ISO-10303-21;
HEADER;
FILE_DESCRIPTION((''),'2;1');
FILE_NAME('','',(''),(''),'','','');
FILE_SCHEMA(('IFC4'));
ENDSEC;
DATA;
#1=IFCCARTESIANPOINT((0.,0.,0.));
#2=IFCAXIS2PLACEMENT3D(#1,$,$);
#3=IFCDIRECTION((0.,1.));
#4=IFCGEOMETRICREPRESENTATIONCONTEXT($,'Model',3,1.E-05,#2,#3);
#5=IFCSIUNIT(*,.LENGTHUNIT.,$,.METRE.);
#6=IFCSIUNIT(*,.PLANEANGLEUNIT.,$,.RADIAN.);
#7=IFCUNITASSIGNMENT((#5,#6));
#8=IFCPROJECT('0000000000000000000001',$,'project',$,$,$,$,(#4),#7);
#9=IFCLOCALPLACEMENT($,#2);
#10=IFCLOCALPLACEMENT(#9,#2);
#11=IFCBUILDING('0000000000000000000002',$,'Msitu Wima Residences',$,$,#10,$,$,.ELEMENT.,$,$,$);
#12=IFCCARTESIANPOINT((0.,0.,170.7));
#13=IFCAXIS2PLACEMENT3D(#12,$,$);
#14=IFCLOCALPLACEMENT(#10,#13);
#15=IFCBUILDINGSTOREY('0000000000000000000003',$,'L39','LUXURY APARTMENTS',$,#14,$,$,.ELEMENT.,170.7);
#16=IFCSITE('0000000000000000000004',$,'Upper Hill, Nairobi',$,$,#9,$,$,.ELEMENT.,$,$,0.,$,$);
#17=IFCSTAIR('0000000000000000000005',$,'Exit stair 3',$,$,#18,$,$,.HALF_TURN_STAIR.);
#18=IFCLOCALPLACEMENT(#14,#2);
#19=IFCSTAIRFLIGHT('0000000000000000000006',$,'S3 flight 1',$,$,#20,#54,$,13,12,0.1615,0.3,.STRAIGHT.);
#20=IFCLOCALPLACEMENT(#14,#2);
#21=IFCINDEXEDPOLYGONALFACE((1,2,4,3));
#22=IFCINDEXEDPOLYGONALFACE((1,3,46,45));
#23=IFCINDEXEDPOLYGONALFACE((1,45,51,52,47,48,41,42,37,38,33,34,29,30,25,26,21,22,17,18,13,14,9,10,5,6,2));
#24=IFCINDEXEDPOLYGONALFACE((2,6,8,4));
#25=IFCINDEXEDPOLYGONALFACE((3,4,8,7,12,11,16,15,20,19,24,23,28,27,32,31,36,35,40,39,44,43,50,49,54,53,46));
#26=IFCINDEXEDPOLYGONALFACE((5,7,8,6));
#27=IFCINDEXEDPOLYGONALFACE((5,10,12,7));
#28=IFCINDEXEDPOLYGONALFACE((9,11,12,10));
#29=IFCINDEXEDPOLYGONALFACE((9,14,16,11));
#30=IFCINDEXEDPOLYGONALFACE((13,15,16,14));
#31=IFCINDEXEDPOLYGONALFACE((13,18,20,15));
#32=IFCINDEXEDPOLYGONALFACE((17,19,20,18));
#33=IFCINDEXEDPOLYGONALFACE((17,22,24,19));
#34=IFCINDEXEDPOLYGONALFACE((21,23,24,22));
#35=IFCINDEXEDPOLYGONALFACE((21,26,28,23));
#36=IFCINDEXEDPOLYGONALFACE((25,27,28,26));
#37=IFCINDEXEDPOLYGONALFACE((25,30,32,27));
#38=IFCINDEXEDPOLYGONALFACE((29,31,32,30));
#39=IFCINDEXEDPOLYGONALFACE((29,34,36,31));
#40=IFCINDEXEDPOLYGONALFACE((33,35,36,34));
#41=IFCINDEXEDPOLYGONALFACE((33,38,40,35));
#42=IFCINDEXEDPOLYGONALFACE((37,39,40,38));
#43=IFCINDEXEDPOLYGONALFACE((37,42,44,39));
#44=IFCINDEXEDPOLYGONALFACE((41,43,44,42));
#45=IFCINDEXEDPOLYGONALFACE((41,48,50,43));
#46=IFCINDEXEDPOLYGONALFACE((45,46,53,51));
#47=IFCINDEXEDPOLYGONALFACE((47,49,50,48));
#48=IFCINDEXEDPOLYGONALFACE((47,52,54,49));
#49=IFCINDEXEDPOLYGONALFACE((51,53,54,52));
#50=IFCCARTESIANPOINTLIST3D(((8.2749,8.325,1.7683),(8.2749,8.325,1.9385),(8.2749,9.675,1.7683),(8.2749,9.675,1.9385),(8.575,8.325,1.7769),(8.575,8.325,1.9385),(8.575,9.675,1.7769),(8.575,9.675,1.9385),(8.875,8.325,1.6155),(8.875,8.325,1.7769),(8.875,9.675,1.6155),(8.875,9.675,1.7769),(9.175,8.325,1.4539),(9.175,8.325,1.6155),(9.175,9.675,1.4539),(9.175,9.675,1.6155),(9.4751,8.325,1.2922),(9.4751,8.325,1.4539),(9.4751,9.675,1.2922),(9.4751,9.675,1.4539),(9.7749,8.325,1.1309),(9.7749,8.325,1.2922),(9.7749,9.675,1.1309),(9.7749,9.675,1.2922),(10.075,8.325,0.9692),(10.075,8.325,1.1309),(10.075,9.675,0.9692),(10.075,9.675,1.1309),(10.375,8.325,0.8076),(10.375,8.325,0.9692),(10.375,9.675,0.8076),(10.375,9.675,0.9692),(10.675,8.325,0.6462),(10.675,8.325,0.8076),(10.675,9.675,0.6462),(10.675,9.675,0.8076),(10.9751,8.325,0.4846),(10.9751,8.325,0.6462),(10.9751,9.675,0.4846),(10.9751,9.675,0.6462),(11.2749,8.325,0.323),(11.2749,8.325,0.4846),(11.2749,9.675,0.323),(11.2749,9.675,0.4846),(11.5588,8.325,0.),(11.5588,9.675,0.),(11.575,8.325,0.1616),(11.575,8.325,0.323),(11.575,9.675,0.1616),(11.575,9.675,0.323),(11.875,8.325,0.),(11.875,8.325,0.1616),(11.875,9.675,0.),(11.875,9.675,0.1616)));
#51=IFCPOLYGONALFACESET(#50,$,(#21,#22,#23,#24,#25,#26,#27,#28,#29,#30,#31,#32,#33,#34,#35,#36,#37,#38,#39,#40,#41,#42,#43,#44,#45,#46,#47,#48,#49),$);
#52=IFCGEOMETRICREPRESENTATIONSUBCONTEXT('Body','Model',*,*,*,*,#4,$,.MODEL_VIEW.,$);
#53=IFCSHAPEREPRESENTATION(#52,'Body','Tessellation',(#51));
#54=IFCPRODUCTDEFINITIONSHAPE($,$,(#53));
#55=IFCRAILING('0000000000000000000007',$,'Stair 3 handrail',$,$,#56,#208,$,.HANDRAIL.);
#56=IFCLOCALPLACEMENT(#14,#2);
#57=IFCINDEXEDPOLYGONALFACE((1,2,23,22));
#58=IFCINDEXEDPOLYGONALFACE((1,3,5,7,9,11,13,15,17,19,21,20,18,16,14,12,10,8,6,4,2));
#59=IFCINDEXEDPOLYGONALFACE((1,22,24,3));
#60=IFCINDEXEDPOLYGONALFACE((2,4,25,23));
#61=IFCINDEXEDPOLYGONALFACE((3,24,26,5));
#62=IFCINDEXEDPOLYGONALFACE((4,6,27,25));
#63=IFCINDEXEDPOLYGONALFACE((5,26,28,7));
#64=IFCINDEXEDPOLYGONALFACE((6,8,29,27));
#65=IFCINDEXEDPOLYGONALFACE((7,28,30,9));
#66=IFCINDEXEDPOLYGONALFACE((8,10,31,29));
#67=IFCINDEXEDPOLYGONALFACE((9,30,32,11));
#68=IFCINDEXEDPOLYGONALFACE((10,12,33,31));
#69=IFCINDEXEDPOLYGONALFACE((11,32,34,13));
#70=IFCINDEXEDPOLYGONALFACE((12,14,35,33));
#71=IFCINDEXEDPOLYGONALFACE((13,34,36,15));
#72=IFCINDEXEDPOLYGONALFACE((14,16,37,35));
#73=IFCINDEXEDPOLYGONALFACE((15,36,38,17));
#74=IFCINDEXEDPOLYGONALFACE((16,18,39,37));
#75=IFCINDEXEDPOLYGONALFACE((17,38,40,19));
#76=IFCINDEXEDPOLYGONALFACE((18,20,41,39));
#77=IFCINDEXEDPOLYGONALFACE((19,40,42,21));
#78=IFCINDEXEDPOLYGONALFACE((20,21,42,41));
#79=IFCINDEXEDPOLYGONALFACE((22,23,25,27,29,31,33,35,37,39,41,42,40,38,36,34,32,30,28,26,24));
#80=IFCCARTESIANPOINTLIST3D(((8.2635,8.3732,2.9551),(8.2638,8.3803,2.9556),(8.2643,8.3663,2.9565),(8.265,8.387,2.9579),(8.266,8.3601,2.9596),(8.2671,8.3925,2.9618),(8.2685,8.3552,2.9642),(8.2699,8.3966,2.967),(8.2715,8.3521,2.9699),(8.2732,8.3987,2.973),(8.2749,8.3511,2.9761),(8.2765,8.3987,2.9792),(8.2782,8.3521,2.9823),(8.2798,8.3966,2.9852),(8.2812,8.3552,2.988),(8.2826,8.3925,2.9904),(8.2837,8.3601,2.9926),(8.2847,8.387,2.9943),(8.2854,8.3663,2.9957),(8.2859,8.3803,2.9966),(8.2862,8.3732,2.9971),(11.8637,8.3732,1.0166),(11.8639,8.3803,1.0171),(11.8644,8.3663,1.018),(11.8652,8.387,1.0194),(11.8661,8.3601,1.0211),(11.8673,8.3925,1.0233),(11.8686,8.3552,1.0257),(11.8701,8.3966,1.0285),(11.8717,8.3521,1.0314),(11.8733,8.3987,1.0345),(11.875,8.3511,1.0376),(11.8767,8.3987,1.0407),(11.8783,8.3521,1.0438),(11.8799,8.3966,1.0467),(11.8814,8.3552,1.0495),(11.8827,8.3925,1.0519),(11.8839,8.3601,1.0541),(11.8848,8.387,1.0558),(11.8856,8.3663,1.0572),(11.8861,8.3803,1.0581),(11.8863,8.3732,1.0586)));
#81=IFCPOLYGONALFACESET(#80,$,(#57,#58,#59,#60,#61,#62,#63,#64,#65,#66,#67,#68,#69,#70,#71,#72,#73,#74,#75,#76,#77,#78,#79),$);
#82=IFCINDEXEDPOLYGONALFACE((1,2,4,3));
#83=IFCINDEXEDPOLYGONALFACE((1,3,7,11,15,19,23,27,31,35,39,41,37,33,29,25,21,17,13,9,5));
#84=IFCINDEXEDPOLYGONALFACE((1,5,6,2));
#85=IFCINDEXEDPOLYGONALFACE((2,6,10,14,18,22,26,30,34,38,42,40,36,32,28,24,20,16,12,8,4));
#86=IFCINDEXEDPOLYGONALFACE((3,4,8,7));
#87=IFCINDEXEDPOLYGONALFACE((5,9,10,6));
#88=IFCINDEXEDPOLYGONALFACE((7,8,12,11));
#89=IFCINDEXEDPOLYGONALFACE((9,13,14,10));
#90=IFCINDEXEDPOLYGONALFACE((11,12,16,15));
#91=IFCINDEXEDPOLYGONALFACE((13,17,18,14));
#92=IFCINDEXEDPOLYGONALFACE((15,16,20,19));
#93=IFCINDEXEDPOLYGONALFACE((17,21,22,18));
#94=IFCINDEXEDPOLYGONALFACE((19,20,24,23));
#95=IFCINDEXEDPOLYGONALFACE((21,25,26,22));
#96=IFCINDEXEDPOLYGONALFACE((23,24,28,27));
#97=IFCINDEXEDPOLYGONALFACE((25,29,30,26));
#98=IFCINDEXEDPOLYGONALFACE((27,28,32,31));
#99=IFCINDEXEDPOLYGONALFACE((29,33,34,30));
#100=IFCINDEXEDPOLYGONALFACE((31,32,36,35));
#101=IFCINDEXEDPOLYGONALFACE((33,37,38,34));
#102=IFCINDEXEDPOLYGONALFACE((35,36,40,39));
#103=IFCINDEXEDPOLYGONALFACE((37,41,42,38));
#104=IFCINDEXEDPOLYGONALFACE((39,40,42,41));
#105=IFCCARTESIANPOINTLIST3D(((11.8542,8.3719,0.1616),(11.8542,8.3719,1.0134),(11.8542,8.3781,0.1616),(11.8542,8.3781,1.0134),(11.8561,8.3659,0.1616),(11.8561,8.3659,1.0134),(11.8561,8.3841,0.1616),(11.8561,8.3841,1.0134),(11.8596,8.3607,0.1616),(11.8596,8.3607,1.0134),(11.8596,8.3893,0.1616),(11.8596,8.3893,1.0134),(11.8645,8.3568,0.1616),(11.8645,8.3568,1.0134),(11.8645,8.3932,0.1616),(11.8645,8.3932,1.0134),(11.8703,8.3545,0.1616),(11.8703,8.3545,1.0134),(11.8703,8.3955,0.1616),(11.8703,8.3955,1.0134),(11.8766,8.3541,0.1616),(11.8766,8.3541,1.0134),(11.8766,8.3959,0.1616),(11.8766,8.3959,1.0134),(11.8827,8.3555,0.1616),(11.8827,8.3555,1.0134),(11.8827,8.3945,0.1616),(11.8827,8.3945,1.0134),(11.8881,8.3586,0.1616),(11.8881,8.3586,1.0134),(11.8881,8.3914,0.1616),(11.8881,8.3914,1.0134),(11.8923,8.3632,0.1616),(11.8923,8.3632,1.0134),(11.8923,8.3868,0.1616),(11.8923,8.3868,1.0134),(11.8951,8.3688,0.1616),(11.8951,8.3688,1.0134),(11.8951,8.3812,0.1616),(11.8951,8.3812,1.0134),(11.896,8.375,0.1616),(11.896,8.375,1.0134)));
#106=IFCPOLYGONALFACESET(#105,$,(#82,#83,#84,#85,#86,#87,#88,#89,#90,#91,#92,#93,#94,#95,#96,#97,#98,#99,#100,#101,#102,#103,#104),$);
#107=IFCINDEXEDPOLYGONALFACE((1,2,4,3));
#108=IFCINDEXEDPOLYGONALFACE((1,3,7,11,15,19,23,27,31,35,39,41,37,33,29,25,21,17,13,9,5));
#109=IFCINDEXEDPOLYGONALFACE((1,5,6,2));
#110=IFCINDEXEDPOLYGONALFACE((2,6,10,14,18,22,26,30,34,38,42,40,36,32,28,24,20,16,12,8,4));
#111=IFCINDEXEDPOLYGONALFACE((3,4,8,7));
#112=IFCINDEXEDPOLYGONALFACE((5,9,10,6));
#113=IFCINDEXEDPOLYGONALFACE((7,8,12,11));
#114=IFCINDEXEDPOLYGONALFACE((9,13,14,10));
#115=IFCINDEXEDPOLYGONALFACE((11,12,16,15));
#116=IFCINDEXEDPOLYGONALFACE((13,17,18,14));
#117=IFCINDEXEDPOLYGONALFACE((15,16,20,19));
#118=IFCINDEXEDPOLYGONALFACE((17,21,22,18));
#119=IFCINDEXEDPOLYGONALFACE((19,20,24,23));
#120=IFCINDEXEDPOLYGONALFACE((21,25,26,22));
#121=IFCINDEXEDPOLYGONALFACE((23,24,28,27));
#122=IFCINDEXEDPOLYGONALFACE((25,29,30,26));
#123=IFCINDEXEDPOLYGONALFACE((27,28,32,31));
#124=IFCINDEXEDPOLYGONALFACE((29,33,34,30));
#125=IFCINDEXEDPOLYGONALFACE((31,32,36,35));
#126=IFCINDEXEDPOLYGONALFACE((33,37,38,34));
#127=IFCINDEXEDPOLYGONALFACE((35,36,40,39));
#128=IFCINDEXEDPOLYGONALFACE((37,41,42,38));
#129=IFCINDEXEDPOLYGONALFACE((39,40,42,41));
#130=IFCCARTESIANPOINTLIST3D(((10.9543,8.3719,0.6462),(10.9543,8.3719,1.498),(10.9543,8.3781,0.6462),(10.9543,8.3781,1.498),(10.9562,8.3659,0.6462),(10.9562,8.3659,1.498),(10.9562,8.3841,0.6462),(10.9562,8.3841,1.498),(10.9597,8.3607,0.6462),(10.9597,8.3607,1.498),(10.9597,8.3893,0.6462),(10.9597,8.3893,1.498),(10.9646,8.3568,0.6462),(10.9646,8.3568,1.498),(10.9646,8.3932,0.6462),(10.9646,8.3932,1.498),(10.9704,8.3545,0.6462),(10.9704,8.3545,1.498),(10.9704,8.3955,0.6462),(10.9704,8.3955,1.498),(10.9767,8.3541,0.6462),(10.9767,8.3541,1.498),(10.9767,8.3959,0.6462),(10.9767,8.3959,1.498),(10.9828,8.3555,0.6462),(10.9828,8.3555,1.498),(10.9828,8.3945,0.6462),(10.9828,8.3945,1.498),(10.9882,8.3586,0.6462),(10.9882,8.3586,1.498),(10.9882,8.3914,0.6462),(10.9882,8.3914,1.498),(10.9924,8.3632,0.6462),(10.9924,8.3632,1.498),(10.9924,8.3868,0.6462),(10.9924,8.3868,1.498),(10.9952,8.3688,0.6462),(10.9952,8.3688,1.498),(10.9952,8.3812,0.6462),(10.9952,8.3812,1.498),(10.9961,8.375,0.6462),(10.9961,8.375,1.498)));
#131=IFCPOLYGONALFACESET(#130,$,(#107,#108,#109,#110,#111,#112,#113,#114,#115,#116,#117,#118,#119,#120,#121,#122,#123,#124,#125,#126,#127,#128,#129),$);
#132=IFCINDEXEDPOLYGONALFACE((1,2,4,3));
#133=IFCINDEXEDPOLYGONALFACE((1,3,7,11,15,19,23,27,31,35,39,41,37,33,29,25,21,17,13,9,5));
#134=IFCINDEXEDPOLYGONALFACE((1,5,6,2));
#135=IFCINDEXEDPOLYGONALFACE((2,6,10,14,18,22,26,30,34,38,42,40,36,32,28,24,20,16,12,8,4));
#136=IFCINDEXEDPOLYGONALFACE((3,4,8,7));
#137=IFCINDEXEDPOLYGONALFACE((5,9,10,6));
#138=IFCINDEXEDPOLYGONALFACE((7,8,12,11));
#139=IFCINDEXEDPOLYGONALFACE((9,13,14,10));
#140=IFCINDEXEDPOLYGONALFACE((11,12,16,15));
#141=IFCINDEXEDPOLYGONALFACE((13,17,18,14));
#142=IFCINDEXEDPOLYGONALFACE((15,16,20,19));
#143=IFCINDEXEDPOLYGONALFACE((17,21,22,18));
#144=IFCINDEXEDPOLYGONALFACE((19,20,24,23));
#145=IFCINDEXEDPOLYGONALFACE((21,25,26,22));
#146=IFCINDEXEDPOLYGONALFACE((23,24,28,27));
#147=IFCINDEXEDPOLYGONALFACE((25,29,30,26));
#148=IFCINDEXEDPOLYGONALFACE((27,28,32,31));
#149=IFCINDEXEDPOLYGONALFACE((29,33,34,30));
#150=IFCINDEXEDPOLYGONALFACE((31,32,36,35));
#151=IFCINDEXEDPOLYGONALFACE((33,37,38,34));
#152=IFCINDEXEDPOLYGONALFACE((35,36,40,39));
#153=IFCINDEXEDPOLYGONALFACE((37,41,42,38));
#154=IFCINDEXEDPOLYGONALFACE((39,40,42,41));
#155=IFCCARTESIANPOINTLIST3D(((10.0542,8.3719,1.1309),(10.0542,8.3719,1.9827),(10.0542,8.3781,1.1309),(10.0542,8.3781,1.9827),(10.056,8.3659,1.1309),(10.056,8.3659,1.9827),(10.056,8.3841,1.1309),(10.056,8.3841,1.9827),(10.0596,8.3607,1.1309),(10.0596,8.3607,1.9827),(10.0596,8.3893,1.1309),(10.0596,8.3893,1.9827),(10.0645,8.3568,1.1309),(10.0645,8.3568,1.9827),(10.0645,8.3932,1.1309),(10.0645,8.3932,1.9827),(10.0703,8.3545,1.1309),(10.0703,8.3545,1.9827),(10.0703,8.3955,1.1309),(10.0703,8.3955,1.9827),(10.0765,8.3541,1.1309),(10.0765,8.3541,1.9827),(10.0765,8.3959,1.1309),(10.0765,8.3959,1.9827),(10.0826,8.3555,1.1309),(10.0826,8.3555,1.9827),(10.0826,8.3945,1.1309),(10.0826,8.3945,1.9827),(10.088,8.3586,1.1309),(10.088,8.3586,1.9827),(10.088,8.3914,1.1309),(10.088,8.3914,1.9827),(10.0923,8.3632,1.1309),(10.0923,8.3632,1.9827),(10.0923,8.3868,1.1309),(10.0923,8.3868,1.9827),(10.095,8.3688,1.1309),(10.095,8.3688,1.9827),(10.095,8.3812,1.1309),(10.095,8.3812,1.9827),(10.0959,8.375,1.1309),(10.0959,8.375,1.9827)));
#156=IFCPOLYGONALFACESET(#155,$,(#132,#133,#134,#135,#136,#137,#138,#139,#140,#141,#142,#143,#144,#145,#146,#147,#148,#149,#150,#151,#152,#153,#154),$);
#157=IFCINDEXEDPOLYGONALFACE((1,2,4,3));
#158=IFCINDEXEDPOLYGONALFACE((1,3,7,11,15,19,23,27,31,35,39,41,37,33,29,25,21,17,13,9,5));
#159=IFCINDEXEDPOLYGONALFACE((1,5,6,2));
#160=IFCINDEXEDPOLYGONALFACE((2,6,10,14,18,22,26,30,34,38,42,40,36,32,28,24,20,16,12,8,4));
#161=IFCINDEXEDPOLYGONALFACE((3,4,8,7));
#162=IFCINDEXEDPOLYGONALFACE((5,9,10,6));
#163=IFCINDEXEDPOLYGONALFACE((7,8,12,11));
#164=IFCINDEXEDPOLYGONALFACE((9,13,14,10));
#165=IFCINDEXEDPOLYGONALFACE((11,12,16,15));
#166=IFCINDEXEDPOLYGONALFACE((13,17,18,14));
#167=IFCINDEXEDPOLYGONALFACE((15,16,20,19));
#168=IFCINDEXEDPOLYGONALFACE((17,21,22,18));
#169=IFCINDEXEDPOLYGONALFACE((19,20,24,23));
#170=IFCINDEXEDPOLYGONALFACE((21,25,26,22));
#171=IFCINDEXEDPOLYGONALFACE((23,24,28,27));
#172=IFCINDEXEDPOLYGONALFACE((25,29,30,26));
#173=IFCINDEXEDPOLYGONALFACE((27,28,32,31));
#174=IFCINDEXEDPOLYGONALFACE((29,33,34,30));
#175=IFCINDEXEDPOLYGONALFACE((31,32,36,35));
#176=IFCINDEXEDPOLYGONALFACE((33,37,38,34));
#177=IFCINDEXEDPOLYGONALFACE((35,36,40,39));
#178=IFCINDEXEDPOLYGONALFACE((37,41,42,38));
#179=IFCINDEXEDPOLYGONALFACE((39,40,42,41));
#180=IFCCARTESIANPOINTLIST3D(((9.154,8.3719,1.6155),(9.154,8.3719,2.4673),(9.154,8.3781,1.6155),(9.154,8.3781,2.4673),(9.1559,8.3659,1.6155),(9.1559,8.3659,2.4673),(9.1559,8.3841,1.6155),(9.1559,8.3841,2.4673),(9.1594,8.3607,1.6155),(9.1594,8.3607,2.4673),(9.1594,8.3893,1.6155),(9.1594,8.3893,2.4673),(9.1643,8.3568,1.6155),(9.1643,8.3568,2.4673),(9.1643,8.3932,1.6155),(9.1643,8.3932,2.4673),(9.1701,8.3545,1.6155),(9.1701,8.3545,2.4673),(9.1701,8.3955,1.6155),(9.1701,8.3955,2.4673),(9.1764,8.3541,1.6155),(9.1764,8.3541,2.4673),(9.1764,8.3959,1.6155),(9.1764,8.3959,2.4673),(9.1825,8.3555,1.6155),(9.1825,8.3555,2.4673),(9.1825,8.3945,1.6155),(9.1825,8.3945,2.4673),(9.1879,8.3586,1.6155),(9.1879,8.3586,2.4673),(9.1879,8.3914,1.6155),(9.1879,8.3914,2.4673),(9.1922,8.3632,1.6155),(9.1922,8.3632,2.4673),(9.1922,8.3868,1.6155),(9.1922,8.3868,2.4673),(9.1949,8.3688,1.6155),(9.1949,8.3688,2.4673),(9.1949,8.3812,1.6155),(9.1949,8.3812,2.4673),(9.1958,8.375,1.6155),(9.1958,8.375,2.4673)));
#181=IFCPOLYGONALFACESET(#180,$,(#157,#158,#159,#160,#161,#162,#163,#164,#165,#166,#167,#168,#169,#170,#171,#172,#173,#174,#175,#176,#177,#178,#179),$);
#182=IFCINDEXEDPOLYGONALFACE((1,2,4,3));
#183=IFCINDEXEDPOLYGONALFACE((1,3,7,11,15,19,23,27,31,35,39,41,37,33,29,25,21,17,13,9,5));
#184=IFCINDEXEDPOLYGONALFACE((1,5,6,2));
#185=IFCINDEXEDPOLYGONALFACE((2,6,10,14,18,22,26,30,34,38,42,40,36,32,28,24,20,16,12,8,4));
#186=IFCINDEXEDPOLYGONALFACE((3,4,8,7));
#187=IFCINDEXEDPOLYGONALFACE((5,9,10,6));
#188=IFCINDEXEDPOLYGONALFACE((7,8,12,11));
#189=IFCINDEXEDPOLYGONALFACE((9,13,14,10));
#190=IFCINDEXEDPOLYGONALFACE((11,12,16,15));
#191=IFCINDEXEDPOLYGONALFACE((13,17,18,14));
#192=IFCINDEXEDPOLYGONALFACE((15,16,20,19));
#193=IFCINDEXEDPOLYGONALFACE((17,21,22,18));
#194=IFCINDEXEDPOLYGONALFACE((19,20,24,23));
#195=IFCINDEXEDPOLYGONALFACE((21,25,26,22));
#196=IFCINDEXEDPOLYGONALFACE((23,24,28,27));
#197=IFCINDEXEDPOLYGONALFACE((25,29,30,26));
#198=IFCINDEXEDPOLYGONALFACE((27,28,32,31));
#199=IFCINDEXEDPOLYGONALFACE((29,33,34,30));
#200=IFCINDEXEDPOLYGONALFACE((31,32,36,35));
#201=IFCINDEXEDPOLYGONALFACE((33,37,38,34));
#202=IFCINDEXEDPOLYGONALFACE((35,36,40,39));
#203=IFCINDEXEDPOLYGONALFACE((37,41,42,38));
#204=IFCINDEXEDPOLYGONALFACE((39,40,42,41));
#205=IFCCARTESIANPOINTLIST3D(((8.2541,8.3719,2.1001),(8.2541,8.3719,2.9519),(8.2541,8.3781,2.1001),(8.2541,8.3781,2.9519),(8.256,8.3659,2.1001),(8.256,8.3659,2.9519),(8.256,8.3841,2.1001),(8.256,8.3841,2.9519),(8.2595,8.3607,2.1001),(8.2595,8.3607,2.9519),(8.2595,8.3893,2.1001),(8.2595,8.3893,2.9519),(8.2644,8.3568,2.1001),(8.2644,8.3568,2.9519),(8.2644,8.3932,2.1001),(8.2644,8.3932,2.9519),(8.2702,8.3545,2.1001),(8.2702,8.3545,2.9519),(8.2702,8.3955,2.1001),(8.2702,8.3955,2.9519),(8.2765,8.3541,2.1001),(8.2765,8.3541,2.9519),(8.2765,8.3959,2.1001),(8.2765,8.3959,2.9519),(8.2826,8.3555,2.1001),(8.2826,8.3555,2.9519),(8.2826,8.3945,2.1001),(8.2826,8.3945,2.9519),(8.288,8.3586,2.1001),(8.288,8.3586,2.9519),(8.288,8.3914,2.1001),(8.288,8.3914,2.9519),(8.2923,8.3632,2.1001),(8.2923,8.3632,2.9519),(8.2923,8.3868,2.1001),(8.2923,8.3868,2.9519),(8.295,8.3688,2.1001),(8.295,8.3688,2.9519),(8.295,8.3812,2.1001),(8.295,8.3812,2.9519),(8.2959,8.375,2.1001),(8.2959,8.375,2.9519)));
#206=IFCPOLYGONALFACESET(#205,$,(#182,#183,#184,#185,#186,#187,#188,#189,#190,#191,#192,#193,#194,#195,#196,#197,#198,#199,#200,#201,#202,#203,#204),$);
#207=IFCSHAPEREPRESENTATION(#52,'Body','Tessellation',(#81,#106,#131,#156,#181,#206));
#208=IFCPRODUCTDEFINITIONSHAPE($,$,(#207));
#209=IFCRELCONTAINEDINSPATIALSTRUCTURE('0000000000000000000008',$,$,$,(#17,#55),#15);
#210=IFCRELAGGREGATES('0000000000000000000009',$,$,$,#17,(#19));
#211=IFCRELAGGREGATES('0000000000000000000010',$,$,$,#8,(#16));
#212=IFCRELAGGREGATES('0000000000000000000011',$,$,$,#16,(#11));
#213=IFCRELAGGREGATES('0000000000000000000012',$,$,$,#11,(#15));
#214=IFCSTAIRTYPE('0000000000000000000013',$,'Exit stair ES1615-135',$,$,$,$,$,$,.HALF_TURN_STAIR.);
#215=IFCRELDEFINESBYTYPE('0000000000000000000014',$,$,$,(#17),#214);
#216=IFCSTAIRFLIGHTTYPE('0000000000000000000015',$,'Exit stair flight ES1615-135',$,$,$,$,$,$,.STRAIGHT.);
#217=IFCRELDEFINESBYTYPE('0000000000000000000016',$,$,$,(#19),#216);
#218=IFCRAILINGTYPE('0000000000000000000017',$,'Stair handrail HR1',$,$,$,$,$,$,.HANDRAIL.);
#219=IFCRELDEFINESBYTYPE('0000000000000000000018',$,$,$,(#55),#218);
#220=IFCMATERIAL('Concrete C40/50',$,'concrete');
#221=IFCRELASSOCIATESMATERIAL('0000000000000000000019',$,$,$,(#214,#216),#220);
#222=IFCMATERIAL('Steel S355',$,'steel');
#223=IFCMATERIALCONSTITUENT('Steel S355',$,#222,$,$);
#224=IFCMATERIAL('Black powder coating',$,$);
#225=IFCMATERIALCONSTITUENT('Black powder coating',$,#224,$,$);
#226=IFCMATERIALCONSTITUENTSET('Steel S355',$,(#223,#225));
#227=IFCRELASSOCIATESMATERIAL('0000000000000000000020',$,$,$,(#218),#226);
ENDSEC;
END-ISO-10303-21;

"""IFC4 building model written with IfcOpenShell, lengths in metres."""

from ifc_helpers import new_model, si_unit, direction, frame, origin, origin_2d, place, context, subcontext, project, spatial, polyline, circle, outline, extrude, material, constituent, constituent_set, type_object, element, aggregate, save


model = new_model("IFC4")

# Units and contexts
model_context = context("Model", 3, precision=1e-05, world=origin(), true_north=direction((0.0, 1.0)))
body_context = subcontext(model_context, "Body", "Model", "MODEL_VIEW")
ifc_project = project(units=[si_unit("LENGTHUNIT", "METRE"), si_unit("PLANEANGLEUNIT", "RADIAN")], contexts=[model_context])

# Site, building, storey
site_placement = place(None, origin())
site = spatial("IfcSite", under=ifc_project, at=site_placement, Name="Upper Hill, Nairobi", CompositionType="ELEMENT", RefElevation=0.0)
building_placement = place(site_placement, origin())
building = spatial("IfcBuilding", under=site, at=building_placement, Name="Msitu Wima Residences", CompositionType="ELEMENT")
storey_placement = place(building_placement, frame((0.0, 0.0, 170.7)))
storey = spatial("IfcBuildingStorey", under=building, at=storey_placement, Name="L39", Description="LUXURY APARTMENTS", CompositionType="ELEMENT", Elevation=170.7)

# Shared definitions
ifc_material_1 = material(Name="Concrete C40/50", Category="concrete")

# Stair
stair_type = type_object("IfcStairType", Name="Exit stair ES1615-135", PredefinedType="HALF_TURN_STAIR", material=ifc_material_1)
stair_1_placement = place(storey_placement, origin())
stair_1 = element("IfcStair", 1, at=stair_1_placement, inside=storey, type_object=stair_type, Name="Exit stair 3", PredefinedType="HALF_TURN_STAIR")

# Stair flight
stair_flight_type = type_object("IfcStairFlightType", Name="Exit stair flight ES1615-135", PredefinedType="STRAIGHT", material=ifc_material_1)
stair_flight_placement = place(storey_placement, frame((11.875, 9.0, 0.0), z_axis=(0.0, 0.0, 1.0), x_axis=(-1.0, 0.0, 0.0)))
stair_flight = element("IfcStairFlight", 2, at=stair_flight_placement, type_object=stair_flight_type, Name="S3 flight 1", NumberOfRisers=13, NumberOfTreads=12, PredefinedType="STRAIGHT", RiserHeight=0.1615, TreadLength=0.3, context=body_context, shape_type="SweptSolid", body=[
    extrude(outline(polyline([(0.0, 0.0), (0.0, 0.1616), (0.3, 0.1616), (0.3, 0.323), (0.6001, 0.323), (0.6001, 0.4846), (0.8999, 0.4846), (0.8999, 0.6462), (1.2, 0.6462), (1.2, 0.8076), (1.5, 0.8076), (1.5, 0.9692), (1.8, 0.9692), (1.8, 1.1309), (2.1001, 1.1309), (2.1001, 1.2922), (2.3999, 1.2922), (2.3999, 1.4539), (2.7, 1.4539), (2.7, 1.6155), (3.0, 1.6155), (3.0, 1.7769), (3.3, 1.7769), (3.3, 1.9385), (3.6001, 1.9385), (3.6001, 2.1001), (3.6001, 1.7683), (0.3162, 0.0), (0.0, 0.0)])), frame((0.0, 0.675, 0.0), z_axis=(0.0, -1.0, 0.0), x_axis=(1.0, 0.0, 0.0)), (0.0, 0.0, 1.0), 1.3501),
])
aggregate(stair_1, [stair_flight])

# Railing
ifc_material_2 = material(Name="Steel S355", Category="steel")
ifc_constituent_1 = constituent(ifc_material_2, Name="Steel S355")
ifc_material_3 = material(Name="Black powder coating")
ifc_constituent_2 = constituent(ifc_material_3, Name="Black powder coating")
ifc_constituent_set = constituent_set(constituents=[ifc_constituent_1, ifc_constituent_2], Name="Steel S355")
railing_type = type_object("IfcRailingType", Name="Stair handrail HR1", PredefinedType="HANDRAIL", material=ifc_constituent_set)
railing_placement = place(storey_placement, frame((11.875, 8.375, 0.1616)))
element("IfcRailing", 3, at=railing_placement, inside=storey, type_object=railing_type, Name="Stair 3 handrail", PredefinedType="HANDRAIL", context=body_context, shape_type="SweptSolid", body=[
    extrude(circle(Radius=0.0239, at=origin_2d()), frame((0.0, 0.0, 0.876), z_axis=(-0.880475, 0.0, 0.474093), x_axis=(0.0, -1.0, 0.0)), (0.0, 0.0, 1.0), 4.0889),
    extrude(circle(Radius=0.021, at=origin_2d()), origin(), (0.0, 0.0, 1.0), 0.8518),
    extrude(circle(Radius=0.021, at=origin_2d()), frame((-0.8999, 0.0, 0.4846)), (0.0, 0.0, 1.0), 0.8518),
    extrude(circle(Radius=0.021, at=origin_2d()), frame((-1.8, 0.0, 0.9692)), (0.0, 0.0, 1.0), 0.8518),
    extrude(circle(Radius=0.021, at=origin_2d()), frame((-2.7002, 0.0, 1.4539)), (0.0, 0.0, 1.0), 0.8518),
    extrude(circle(Radius=0.021, at=origin_2d()), frame((-3.6001, 0.0, 1.9385)), (0.0, 0.0, 1.0), 0.8518),
])

save(model, "model.ifc")
